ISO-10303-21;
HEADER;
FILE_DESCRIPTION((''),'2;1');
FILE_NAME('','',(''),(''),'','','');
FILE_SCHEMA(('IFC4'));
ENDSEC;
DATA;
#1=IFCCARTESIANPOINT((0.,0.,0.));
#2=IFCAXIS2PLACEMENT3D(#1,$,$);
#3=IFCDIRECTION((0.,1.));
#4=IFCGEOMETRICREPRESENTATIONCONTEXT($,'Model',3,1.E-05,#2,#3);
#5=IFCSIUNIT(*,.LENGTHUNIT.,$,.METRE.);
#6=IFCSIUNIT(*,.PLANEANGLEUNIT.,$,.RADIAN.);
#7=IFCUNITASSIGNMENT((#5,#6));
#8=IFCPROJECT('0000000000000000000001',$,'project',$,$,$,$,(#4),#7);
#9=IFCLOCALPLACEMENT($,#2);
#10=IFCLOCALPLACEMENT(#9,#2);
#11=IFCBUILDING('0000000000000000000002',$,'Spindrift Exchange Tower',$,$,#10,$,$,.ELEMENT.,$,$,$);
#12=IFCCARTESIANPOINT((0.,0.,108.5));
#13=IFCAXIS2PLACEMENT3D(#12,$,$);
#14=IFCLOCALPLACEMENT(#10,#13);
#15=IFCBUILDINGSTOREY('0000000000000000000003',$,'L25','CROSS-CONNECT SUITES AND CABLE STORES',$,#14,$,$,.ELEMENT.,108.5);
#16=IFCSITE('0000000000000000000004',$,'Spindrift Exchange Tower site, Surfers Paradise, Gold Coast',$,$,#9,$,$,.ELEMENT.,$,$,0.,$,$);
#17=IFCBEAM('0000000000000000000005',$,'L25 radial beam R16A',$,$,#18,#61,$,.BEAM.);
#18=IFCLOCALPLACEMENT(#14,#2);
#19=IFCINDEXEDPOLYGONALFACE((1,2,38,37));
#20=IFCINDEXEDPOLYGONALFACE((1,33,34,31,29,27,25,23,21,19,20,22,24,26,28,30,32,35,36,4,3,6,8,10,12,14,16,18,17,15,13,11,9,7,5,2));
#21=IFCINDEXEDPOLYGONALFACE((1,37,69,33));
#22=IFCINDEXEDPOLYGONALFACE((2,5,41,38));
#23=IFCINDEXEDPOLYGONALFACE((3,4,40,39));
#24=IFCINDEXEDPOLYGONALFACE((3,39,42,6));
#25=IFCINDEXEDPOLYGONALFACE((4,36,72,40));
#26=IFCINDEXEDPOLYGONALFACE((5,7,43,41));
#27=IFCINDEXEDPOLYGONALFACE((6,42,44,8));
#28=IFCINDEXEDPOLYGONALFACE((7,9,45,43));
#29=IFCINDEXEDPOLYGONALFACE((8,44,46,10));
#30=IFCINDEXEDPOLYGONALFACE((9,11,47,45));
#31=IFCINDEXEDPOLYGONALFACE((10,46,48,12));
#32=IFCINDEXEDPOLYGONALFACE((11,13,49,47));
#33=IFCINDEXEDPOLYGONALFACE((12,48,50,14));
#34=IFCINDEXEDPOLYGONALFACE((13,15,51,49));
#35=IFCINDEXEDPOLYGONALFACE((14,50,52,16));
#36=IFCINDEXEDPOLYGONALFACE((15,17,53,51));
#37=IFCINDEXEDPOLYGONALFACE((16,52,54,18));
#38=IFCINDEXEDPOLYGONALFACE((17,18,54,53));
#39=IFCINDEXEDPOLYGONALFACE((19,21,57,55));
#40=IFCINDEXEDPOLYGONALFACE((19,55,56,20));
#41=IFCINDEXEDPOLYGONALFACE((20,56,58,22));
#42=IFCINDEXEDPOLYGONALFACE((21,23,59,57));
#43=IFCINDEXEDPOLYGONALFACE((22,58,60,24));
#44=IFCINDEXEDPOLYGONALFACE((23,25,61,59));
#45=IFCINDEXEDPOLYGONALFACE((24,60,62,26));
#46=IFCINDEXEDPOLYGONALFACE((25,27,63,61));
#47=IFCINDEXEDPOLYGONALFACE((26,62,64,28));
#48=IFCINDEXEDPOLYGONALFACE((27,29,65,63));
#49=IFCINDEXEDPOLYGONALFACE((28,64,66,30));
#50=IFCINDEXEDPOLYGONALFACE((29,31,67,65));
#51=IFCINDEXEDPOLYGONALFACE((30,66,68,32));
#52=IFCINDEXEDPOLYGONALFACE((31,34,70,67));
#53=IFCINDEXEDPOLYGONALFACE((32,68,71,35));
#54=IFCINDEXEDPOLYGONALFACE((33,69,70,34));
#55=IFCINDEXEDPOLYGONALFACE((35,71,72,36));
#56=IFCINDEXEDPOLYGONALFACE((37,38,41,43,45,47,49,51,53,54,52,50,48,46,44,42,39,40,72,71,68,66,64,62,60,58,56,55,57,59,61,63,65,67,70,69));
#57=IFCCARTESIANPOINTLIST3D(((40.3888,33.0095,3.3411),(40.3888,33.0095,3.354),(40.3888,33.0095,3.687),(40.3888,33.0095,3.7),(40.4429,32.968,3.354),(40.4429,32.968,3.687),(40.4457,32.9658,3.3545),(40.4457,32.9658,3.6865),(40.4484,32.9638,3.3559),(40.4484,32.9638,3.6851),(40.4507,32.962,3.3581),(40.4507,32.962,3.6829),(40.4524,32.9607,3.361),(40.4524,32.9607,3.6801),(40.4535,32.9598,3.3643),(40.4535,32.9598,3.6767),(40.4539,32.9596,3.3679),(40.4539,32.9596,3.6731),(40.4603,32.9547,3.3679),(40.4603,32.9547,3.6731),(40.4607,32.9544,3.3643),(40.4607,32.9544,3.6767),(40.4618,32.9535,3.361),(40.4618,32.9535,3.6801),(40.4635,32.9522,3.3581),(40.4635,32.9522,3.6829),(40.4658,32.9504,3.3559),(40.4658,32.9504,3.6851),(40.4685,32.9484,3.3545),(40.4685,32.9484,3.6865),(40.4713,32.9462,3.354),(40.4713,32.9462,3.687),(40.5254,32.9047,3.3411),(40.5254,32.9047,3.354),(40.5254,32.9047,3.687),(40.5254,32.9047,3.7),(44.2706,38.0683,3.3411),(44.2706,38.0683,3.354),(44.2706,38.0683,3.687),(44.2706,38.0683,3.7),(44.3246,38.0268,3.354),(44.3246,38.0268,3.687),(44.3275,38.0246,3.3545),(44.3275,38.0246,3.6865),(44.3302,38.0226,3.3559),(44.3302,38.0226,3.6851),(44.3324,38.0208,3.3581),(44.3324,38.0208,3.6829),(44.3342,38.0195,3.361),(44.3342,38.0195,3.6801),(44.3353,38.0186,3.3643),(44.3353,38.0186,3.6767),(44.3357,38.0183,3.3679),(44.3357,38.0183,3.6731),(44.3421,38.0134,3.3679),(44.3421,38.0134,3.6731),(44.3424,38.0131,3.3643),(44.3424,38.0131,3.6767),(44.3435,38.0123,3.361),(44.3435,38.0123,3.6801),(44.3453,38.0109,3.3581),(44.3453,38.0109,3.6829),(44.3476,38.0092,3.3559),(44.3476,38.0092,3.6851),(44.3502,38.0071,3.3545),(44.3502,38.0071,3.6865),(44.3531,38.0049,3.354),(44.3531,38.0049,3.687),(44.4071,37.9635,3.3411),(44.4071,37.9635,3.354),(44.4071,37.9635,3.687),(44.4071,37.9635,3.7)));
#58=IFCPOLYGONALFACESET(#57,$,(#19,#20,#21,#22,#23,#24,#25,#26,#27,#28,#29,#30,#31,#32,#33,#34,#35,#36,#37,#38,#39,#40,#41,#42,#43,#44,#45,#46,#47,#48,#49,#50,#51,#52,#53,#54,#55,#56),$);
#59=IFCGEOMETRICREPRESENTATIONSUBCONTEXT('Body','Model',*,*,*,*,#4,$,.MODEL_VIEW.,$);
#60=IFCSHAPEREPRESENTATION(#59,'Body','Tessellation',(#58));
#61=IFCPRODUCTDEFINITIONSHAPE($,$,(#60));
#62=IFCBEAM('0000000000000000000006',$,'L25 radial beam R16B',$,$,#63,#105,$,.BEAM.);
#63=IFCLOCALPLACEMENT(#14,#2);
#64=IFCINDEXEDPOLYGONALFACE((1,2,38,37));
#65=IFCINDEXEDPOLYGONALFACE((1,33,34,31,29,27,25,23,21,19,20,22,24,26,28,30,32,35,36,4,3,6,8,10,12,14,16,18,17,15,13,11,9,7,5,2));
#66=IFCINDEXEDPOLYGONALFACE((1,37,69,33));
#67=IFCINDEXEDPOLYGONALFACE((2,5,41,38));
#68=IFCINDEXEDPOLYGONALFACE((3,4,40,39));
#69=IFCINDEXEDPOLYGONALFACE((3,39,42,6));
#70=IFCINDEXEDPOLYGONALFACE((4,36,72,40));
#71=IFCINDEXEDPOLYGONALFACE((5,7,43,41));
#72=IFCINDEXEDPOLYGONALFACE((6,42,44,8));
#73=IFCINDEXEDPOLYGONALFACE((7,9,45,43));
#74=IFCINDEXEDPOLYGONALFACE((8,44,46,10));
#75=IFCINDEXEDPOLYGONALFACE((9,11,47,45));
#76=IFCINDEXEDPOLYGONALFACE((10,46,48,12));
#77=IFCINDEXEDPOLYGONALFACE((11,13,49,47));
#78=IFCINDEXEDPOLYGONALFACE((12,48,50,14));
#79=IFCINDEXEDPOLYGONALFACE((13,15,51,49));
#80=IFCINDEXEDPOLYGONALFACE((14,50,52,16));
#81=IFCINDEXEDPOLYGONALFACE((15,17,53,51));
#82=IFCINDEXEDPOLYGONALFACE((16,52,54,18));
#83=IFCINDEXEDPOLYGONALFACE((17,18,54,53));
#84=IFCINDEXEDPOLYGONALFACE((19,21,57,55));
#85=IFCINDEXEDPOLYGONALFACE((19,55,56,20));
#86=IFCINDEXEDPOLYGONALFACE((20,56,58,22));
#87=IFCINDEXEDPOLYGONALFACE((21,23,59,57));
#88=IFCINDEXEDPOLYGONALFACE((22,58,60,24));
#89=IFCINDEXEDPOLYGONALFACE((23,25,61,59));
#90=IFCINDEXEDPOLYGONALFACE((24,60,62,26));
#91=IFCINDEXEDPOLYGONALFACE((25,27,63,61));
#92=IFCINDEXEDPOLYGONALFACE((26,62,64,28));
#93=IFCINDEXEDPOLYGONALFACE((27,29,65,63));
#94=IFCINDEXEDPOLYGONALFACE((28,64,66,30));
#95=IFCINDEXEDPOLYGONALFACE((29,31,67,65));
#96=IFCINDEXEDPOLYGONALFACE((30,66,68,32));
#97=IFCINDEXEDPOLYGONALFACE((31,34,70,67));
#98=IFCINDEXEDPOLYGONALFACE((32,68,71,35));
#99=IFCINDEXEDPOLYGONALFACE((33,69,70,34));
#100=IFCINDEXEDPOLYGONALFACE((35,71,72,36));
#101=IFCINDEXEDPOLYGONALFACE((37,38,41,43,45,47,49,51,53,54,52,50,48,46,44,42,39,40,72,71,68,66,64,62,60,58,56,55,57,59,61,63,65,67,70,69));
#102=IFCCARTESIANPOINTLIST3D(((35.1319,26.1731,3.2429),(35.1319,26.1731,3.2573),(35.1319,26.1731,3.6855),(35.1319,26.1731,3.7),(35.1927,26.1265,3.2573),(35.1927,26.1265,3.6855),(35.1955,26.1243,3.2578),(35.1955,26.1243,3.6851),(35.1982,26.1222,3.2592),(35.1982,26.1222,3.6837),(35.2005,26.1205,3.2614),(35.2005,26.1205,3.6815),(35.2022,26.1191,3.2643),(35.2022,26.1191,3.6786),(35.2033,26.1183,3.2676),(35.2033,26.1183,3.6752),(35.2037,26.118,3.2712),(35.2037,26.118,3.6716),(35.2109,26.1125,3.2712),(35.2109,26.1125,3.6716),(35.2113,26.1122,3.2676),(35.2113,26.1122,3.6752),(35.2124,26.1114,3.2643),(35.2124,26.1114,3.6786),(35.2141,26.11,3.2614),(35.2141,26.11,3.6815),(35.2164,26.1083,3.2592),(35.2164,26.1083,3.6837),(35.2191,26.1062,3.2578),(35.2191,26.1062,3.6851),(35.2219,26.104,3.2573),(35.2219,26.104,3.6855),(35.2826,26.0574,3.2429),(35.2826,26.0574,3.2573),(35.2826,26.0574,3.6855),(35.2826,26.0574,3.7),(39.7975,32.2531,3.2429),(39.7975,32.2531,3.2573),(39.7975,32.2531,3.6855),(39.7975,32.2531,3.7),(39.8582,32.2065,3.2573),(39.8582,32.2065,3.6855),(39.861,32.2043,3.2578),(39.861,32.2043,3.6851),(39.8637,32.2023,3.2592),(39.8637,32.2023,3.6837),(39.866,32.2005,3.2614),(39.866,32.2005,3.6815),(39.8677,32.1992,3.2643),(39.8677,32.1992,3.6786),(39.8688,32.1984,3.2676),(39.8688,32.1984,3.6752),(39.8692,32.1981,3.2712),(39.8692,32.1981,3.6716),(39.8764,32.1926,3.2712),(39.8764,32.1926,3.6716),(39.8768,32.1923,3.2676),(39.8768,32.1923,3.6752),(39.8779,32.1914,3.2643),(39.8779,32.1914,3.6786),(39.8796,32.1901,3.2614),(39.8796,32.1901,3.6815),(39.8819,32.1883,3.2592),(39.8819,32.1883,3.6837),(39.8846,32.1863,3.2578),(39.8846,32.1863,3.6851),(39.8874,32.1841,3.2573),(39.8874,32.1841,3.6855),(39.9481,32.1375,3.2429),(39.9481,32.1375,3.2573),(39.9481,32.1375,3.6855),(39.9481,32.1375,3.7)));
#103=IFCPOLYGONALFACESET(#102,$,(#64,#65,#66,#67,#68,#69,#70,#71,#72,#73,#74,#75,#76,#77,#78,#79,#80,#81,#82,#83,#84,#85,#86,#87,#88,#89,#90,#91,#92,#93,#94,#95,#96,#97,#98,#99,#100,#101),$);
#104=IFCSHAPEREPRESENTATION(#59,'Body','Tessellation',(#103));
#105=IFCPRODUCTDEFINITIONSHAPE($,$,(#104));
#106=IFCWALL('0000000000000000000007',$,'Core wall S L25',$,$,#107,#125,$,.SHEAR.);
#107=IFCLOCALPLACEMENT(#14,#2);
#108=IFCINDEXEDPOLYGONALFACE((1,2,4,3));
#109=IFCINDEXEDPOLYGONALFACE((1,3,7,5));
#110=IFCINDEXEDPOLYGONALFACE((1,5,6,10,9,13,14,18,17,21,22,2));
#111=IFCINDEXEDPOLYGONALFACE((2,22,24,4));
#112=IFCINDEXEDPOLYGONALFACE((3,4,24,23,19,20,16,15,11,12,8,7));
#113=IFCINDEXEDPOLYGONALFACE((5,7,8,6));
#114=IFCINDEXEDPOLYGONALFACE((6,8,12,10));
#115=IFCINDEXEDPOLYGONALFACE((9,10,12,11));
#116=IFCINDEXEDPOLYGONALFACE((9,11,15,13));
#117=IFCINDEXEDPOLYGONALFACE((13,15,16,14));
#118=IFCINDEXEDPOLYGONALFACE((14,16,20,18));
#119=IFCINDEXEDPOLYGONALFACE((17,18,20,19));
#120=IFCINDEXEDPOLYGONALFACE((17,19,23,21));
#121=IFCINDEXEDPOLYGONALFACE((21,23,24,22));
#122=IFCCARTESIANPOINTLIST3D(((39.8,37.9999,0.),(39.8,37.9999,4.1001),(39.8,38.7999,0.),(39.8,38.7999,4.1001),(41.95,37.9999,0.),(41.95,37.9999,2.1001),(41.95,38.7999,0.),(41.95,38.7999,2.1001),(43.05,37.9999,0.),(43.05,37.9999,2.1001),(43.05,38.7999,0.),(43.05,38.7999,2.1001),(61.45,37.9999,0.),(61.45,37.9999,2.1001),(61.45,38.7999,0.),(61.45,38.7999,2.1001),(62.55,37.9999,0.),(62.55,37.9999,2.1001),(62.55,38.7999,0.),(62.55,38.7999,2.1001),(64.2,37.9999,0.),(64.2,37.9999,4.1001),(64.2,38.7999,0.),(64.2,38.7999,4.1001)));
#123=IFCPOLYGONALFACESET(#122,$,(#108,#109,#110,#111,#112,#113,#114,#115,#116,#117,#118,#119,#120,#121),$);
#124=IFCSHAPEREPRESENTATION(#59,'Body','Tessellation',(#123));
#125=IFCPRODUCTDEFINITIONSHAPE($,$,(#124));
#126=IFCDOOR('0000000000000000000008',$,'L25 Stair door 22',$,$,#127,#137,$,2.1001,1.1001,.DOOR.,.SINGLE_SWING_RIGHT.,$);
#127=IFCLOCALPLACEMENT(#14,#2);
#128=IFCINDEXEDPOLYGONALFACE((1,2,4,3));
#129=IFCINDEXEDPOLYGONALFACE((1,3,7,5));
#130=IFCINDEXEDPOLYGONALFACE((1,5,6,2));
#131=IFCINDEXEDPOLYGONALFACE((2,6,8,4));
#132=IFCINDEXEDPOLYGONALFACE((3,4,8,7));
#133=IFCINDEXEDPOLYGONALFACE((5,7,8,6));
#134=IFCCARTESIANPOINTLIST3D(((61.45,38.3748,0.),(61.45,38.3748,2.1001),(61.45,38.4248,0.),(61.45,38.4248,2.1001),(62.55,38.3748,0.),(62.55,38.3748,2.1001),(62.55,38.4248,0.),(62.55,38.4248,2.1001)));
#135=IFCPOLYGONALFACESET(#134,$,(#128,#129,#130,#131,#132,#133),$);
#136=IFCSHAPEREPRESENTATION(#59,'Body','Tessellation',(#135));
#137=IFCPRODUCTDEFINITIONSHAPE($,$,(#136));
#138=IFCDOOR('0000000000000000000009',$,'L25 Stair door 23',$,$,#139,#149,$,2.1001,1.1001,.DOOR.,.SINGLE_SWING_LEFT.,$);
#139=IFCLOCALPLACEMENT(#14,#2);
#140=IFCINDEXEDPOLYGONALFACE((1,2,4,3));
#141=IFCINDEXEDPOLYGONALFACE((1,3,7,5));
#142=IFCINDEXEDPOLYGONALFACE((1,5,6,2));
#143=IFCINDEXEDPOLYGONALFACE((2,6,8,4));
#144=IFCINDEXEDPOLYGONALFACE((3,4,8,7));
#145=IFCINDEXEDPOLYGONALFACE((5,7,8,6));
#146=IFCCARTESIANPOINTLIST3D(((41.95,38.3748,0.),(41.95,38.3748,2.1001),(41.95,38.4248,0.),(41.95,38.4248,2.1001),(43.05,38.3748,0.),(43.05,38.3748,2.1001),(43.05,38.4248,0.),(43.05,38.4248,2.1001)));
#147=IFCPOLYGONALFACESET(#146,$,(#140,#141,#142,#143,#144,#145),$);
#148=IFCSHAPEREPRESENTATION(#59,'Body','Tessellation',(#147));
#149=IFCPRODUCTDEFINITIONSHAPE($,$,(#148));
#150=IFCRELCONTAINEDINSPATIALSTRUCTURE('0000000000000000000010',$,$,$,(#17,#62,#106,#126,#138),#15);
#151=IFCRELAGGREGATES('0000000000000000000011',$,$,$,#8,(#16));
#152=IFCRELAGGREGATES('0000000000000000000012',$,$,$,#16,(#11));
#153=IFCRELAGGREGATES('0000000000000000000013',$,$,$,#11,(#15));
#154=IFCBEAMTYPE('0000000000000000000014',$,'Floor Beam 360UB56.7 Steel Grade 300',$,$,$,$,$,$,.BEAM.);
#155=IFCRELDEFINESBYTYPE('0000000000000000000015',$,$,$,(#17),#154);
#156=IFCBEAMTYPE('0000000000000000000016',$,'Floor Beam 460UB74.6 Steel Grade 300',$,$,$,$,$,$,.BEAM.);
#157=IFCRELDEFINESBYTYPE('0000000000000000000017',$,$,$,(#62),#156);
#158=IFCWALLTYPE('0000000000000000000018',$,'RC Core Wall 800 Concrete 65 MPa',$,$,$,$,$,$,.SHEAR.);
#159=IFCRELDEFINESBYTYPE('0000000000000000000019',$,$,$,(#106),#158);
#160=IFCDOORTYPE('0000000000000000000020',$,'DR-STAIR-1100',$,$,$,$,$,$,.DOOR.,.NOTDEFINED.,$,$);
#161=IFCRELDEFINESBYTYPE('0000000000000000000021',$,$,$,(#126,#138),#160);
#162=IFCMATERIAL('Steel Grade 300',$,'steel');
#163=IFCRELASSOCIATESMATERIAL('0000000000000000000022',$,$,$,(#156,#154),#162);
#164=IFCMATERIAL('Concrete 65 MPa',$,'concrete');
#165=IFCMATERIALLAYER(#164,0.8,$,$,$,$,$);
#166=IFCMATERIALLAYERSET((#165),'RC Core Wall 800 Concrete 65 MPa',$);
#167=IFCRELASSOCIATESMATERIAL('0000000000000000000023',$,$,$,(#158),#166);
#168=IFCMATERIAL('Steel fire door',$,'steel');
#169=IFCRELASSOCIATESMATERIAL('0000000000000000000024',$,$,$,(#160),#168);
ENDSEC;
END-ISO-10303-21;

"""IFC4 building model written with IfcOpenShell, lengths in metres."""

from ifc_helpers import new_model, si_unit, direction, frame, frame_2d, origin, origin_2d, place, context, subcontext, project, spatial, rectangle, i_section, extrude, source, transform, mapped, material, layer, layer_set, material_profile, profile_set, type_object, element, fill, save


model = new_model("IFC4")

# Units and contexts
model_context = context("Model", 3, precision=1e-05, world=origin(), true_north=direction((0.0, 1.0)))
body_context = subcontext(model_context, "Body", "Model", "MODEL_VIEW")
ifc_project = project(units=[si_unit("LENGTHUNIT", "METRE"), si_unit("PLANEANGLEUNIT", "RADIAN")], contexts=[model_context])

# Site, building, storey
site_placement = place(None, origin())
site = spatial("IfcSite", under=ifc_project, at=site_placement, Name="Spindrift Exchange Tower site, Surfers Paradise, Gold Coast", CompositionType="ELEMENT", RefElevation=0.0)
building_placement = place(site_placement, origin())
building = spatial("IfcBuilding", under=site, at=building_placement, Name="Spindrift Exchange Tower", CompositionType="ELEMENT")
storey_placement = place(building_placement, frame((0.0, 0.0, 108.5)))
storey = spatial("IfcBuildingStorey", under=building, at=storey_placement, Name="L25", Description="CROSS-CONNECT SUITES AND CABLE STORES", CompositionType="ELEMENT", Elevation=108.5)

# Shared definitions
ifc_material_1 = material(Name="Concrete 65 MPa", Category="concrete")

# Beams
ifc_material_2 = material(Name="Steel Grade 300", Category="steel")
ifc_material_profile_1 = material_profile(ifc_material_2, i_section(OverallWidth=0.1899, OverallDepth=0.457, WebThickness=0.009, FlangeThickness=0.0144, FilletRadius=0.0139, at=origin_2d()), Name="460UB74.6")
ifc_profile_set_1 = profile_set([ifc_material_profile_1], Name="Steel Grade 300")
beam_type_1 = type_object("IfcBeamType", Name="Floor Beam 460UB74.6 Steel Grade 300", PredefinedType="BEAM", material=ifc_profile_set_1)
ifc_material_profile_2 = material_profile(ifc_material_2, i_section(OverallWidth=0.1721, OverallDepth=0.3589, WebThickness=0.0081, FlangeThickness=0.0129, FilletRadius=0.0139, at=origin_2d()), Name="360UB56.7")
ifc_profile_set_2 = profile_set([ifc_material_profile_2], Name="Steel Grade 300")
beam_type_2 = type_object("IfcBeamType", Name="Floor Beam 360UB56.7 Steel Grade 300", PredefinedType="BEAM", material=ifc_profile_set_2)
shared_shape_1 = source(origin(), body_context, "Body", "SweptSolid", [
    extrude(i_section(OverallWidth=0.1721, OverallDepth=0.3589, WebThickness=0.0081, FlangeThickness=0.0129, FilletRadius=0.0139, at=origin_2d()), origin(), (0.0, 0.0, 1.0), 6.3765),
])
beam_1_placement = place(storey_placement, frame((44.3389, 38.0159, 3.5205), z_axis=(-0.608767, -0.793349, 0.0), x_axis=(0.793349, -0.608767, 0.0)))
element("IfcBeam", 1, at=beam_1_placement, inside=storey, type_object=beam_type_2, Name="L25 radial beam R16A", PredefinedType="BEAM", context=body_context, shape_type="MappedRepresentation", body=[
    mapped(shared_shape_1, transform((0.0, 0.0, 0.0), scale=1.0)),
])
shared_shape_2 = source(origin(), body_context, "Body", "SweptSolid", [
    extrude(i_section(OverallWidth=0.1899, OverallDepth=0.457, WebThickness=0.009, FlangeThickness=0.0144, FilletRadius=0.0139, at=origin_2d()), origin(), (0.0, 0.0, 1.0), 7.6638),
])
beam_2_placement = place(storey_placement, frame((39.8728, 32.1953, 3.4714), z_axis=(-0.608771, -0.793346, 0.0), x_axis=(0.793346, -0.608771, 0.0)))
element("IfcBeam", 2, at=beam_2_placement, inside=storey, type_object=beam_type_1, Name="L25 radial beam R16B", PredefinedType="BEAM", context=body_context, shape_type="MappedRepresentation", body=[
    mapped(shared_shape_2, transform((0.0, 0.0, 0.0), scale=1.0)),
])

# Wall, openings, doors
ifc_layer_1 = layer(ifc_material_1, 0.8)
ifc_layer_set_1 = layer_set([ifc_layer_1], Name="RC Core Wall 800 Concrete 65 MPa")
wall_type_1 = type_object("IfcWallType", Name="RC Core Wall 800 Concrete 65 MPa", PredefinedType="SHEAR", material=ifc_layer_set_1)
wall_1_placement = place(storey_placement, frame((39.8, 38.3999, 0.0), z_axis=(0.0, 0.0, 1.0), x_axis=(1.0, 0.0, 0.0)))
wall_1 = element("IfcWall", 3, at=wall_1_placement, inside=storey, type_object=wall_type_1, Name="Core wall S L25", PredefinedType="SHEAR", context=body_context, shape_type="SweptSolid", body=[
    extrude(rectangle(XDim=24.3999, YDim=0.8, at=frame_2d((12.2, 0.0))), origin(), (0.0, 0.0, 1.0), 4.1001),
])
opening_1_placement = place(wall_1_placement, frame((21.6499, 0.0, 0.0)))
opening_1 = element("IfcOpeningElement", 4, at=opening_1_placement, cuts=wall_1, PredefinedType="OPENING", context=body_context, shape_type="SweptSolid", body=[
    extrude(rectangle(XDim=1.1001, YDim=2.1001, at=frame_2d((0.55, 1.05))), frame((0.0, 0.4099, 0.0), z_axis=(0.0, -1.0, 0.0), x_axis=(1.0, 0.0, 0.0)), (0.0, 0.0, 1.0), 0.8201),
])
opening_2_placement = place(wall_1_placement, frame((2.1499, 0.0, 0.0)))
opening_2 = element("IfcOpeningElement", 5, at=opening_2_placement, cuts=wall_1, PredefinedType="OPENING", context=body_context, shape_type="SweptSolid", body=[
    extrude(rectangle(XDim=1.1001, YDim=2.1001, at=frame_2d((0.55, 1.05))), frame((0.0, 0.4099, 0.0), z_axis=(0.0, -1.0, 0.0), x_axis=(1.0, 0.0, 0.0)), (0.0, 0.0, 1.0), 0.8201),
])
ifc_material_3 = material(Name="Steel fire door", Category="steel")
door_type_1 = type_object("IfcDoorType", Name="DR-STAIR-1100", OperationType="NOTDEFINED", PredefinedType="DOOR", material=ifc_material_3)
shared_shape_3 = source(origin(), body_context, "Body", "SweptSolid", [
    extrude(rectangle(XDim=1.1001, YDim=2.1001, at=frame_2d((0.55, 1.05))), frame((0.0, 0.0249, 0.0), z_axis=(0.0, -1.0, 0.0), x_axis=(1.0, 0.0, 0.0)), (0.0, 0.0, 1.0), 0.05),
])
door_1_placement = place(opening_1_placement, origin())
door_1 = element("IfcDoor", 6, at=door_1_placement, inside=storey, type_object=door_type_1, Name="L25 Stair door 22", OperationType="SINGLE_SWING_RIGHT", OverallHeight=2.1001, OverallWidth=1.1001, PredefinedType="DOOR", context=body_context, shape_type="MappedRepresentation", body=[
    mapped(shared_shape_3, transform((0.0, 0.0, 0.0), scale=1.0)),
])
fill(opening_1, door_1)
door_2_placement = place(opening_2_placement, origin())
door_2 = element("IfcDoor", 7, at=door_2_placement, inside=storey, type_object=door_type_1, Name="L25 Stair door 23", OperationType="SINGLE_SWING_LEFT", OverallHeight=2.1001, OverallWidth=1.1001, PredefinedType="DOOR", context=body_context, shape_type="MappedRepresentation", body=[
    mapped(shared_shape_3, transform((0.0, 0.0, 0.0), scale=1.0)),
])
fill(opening_2, door_2)

save(model, "model.ifc")
